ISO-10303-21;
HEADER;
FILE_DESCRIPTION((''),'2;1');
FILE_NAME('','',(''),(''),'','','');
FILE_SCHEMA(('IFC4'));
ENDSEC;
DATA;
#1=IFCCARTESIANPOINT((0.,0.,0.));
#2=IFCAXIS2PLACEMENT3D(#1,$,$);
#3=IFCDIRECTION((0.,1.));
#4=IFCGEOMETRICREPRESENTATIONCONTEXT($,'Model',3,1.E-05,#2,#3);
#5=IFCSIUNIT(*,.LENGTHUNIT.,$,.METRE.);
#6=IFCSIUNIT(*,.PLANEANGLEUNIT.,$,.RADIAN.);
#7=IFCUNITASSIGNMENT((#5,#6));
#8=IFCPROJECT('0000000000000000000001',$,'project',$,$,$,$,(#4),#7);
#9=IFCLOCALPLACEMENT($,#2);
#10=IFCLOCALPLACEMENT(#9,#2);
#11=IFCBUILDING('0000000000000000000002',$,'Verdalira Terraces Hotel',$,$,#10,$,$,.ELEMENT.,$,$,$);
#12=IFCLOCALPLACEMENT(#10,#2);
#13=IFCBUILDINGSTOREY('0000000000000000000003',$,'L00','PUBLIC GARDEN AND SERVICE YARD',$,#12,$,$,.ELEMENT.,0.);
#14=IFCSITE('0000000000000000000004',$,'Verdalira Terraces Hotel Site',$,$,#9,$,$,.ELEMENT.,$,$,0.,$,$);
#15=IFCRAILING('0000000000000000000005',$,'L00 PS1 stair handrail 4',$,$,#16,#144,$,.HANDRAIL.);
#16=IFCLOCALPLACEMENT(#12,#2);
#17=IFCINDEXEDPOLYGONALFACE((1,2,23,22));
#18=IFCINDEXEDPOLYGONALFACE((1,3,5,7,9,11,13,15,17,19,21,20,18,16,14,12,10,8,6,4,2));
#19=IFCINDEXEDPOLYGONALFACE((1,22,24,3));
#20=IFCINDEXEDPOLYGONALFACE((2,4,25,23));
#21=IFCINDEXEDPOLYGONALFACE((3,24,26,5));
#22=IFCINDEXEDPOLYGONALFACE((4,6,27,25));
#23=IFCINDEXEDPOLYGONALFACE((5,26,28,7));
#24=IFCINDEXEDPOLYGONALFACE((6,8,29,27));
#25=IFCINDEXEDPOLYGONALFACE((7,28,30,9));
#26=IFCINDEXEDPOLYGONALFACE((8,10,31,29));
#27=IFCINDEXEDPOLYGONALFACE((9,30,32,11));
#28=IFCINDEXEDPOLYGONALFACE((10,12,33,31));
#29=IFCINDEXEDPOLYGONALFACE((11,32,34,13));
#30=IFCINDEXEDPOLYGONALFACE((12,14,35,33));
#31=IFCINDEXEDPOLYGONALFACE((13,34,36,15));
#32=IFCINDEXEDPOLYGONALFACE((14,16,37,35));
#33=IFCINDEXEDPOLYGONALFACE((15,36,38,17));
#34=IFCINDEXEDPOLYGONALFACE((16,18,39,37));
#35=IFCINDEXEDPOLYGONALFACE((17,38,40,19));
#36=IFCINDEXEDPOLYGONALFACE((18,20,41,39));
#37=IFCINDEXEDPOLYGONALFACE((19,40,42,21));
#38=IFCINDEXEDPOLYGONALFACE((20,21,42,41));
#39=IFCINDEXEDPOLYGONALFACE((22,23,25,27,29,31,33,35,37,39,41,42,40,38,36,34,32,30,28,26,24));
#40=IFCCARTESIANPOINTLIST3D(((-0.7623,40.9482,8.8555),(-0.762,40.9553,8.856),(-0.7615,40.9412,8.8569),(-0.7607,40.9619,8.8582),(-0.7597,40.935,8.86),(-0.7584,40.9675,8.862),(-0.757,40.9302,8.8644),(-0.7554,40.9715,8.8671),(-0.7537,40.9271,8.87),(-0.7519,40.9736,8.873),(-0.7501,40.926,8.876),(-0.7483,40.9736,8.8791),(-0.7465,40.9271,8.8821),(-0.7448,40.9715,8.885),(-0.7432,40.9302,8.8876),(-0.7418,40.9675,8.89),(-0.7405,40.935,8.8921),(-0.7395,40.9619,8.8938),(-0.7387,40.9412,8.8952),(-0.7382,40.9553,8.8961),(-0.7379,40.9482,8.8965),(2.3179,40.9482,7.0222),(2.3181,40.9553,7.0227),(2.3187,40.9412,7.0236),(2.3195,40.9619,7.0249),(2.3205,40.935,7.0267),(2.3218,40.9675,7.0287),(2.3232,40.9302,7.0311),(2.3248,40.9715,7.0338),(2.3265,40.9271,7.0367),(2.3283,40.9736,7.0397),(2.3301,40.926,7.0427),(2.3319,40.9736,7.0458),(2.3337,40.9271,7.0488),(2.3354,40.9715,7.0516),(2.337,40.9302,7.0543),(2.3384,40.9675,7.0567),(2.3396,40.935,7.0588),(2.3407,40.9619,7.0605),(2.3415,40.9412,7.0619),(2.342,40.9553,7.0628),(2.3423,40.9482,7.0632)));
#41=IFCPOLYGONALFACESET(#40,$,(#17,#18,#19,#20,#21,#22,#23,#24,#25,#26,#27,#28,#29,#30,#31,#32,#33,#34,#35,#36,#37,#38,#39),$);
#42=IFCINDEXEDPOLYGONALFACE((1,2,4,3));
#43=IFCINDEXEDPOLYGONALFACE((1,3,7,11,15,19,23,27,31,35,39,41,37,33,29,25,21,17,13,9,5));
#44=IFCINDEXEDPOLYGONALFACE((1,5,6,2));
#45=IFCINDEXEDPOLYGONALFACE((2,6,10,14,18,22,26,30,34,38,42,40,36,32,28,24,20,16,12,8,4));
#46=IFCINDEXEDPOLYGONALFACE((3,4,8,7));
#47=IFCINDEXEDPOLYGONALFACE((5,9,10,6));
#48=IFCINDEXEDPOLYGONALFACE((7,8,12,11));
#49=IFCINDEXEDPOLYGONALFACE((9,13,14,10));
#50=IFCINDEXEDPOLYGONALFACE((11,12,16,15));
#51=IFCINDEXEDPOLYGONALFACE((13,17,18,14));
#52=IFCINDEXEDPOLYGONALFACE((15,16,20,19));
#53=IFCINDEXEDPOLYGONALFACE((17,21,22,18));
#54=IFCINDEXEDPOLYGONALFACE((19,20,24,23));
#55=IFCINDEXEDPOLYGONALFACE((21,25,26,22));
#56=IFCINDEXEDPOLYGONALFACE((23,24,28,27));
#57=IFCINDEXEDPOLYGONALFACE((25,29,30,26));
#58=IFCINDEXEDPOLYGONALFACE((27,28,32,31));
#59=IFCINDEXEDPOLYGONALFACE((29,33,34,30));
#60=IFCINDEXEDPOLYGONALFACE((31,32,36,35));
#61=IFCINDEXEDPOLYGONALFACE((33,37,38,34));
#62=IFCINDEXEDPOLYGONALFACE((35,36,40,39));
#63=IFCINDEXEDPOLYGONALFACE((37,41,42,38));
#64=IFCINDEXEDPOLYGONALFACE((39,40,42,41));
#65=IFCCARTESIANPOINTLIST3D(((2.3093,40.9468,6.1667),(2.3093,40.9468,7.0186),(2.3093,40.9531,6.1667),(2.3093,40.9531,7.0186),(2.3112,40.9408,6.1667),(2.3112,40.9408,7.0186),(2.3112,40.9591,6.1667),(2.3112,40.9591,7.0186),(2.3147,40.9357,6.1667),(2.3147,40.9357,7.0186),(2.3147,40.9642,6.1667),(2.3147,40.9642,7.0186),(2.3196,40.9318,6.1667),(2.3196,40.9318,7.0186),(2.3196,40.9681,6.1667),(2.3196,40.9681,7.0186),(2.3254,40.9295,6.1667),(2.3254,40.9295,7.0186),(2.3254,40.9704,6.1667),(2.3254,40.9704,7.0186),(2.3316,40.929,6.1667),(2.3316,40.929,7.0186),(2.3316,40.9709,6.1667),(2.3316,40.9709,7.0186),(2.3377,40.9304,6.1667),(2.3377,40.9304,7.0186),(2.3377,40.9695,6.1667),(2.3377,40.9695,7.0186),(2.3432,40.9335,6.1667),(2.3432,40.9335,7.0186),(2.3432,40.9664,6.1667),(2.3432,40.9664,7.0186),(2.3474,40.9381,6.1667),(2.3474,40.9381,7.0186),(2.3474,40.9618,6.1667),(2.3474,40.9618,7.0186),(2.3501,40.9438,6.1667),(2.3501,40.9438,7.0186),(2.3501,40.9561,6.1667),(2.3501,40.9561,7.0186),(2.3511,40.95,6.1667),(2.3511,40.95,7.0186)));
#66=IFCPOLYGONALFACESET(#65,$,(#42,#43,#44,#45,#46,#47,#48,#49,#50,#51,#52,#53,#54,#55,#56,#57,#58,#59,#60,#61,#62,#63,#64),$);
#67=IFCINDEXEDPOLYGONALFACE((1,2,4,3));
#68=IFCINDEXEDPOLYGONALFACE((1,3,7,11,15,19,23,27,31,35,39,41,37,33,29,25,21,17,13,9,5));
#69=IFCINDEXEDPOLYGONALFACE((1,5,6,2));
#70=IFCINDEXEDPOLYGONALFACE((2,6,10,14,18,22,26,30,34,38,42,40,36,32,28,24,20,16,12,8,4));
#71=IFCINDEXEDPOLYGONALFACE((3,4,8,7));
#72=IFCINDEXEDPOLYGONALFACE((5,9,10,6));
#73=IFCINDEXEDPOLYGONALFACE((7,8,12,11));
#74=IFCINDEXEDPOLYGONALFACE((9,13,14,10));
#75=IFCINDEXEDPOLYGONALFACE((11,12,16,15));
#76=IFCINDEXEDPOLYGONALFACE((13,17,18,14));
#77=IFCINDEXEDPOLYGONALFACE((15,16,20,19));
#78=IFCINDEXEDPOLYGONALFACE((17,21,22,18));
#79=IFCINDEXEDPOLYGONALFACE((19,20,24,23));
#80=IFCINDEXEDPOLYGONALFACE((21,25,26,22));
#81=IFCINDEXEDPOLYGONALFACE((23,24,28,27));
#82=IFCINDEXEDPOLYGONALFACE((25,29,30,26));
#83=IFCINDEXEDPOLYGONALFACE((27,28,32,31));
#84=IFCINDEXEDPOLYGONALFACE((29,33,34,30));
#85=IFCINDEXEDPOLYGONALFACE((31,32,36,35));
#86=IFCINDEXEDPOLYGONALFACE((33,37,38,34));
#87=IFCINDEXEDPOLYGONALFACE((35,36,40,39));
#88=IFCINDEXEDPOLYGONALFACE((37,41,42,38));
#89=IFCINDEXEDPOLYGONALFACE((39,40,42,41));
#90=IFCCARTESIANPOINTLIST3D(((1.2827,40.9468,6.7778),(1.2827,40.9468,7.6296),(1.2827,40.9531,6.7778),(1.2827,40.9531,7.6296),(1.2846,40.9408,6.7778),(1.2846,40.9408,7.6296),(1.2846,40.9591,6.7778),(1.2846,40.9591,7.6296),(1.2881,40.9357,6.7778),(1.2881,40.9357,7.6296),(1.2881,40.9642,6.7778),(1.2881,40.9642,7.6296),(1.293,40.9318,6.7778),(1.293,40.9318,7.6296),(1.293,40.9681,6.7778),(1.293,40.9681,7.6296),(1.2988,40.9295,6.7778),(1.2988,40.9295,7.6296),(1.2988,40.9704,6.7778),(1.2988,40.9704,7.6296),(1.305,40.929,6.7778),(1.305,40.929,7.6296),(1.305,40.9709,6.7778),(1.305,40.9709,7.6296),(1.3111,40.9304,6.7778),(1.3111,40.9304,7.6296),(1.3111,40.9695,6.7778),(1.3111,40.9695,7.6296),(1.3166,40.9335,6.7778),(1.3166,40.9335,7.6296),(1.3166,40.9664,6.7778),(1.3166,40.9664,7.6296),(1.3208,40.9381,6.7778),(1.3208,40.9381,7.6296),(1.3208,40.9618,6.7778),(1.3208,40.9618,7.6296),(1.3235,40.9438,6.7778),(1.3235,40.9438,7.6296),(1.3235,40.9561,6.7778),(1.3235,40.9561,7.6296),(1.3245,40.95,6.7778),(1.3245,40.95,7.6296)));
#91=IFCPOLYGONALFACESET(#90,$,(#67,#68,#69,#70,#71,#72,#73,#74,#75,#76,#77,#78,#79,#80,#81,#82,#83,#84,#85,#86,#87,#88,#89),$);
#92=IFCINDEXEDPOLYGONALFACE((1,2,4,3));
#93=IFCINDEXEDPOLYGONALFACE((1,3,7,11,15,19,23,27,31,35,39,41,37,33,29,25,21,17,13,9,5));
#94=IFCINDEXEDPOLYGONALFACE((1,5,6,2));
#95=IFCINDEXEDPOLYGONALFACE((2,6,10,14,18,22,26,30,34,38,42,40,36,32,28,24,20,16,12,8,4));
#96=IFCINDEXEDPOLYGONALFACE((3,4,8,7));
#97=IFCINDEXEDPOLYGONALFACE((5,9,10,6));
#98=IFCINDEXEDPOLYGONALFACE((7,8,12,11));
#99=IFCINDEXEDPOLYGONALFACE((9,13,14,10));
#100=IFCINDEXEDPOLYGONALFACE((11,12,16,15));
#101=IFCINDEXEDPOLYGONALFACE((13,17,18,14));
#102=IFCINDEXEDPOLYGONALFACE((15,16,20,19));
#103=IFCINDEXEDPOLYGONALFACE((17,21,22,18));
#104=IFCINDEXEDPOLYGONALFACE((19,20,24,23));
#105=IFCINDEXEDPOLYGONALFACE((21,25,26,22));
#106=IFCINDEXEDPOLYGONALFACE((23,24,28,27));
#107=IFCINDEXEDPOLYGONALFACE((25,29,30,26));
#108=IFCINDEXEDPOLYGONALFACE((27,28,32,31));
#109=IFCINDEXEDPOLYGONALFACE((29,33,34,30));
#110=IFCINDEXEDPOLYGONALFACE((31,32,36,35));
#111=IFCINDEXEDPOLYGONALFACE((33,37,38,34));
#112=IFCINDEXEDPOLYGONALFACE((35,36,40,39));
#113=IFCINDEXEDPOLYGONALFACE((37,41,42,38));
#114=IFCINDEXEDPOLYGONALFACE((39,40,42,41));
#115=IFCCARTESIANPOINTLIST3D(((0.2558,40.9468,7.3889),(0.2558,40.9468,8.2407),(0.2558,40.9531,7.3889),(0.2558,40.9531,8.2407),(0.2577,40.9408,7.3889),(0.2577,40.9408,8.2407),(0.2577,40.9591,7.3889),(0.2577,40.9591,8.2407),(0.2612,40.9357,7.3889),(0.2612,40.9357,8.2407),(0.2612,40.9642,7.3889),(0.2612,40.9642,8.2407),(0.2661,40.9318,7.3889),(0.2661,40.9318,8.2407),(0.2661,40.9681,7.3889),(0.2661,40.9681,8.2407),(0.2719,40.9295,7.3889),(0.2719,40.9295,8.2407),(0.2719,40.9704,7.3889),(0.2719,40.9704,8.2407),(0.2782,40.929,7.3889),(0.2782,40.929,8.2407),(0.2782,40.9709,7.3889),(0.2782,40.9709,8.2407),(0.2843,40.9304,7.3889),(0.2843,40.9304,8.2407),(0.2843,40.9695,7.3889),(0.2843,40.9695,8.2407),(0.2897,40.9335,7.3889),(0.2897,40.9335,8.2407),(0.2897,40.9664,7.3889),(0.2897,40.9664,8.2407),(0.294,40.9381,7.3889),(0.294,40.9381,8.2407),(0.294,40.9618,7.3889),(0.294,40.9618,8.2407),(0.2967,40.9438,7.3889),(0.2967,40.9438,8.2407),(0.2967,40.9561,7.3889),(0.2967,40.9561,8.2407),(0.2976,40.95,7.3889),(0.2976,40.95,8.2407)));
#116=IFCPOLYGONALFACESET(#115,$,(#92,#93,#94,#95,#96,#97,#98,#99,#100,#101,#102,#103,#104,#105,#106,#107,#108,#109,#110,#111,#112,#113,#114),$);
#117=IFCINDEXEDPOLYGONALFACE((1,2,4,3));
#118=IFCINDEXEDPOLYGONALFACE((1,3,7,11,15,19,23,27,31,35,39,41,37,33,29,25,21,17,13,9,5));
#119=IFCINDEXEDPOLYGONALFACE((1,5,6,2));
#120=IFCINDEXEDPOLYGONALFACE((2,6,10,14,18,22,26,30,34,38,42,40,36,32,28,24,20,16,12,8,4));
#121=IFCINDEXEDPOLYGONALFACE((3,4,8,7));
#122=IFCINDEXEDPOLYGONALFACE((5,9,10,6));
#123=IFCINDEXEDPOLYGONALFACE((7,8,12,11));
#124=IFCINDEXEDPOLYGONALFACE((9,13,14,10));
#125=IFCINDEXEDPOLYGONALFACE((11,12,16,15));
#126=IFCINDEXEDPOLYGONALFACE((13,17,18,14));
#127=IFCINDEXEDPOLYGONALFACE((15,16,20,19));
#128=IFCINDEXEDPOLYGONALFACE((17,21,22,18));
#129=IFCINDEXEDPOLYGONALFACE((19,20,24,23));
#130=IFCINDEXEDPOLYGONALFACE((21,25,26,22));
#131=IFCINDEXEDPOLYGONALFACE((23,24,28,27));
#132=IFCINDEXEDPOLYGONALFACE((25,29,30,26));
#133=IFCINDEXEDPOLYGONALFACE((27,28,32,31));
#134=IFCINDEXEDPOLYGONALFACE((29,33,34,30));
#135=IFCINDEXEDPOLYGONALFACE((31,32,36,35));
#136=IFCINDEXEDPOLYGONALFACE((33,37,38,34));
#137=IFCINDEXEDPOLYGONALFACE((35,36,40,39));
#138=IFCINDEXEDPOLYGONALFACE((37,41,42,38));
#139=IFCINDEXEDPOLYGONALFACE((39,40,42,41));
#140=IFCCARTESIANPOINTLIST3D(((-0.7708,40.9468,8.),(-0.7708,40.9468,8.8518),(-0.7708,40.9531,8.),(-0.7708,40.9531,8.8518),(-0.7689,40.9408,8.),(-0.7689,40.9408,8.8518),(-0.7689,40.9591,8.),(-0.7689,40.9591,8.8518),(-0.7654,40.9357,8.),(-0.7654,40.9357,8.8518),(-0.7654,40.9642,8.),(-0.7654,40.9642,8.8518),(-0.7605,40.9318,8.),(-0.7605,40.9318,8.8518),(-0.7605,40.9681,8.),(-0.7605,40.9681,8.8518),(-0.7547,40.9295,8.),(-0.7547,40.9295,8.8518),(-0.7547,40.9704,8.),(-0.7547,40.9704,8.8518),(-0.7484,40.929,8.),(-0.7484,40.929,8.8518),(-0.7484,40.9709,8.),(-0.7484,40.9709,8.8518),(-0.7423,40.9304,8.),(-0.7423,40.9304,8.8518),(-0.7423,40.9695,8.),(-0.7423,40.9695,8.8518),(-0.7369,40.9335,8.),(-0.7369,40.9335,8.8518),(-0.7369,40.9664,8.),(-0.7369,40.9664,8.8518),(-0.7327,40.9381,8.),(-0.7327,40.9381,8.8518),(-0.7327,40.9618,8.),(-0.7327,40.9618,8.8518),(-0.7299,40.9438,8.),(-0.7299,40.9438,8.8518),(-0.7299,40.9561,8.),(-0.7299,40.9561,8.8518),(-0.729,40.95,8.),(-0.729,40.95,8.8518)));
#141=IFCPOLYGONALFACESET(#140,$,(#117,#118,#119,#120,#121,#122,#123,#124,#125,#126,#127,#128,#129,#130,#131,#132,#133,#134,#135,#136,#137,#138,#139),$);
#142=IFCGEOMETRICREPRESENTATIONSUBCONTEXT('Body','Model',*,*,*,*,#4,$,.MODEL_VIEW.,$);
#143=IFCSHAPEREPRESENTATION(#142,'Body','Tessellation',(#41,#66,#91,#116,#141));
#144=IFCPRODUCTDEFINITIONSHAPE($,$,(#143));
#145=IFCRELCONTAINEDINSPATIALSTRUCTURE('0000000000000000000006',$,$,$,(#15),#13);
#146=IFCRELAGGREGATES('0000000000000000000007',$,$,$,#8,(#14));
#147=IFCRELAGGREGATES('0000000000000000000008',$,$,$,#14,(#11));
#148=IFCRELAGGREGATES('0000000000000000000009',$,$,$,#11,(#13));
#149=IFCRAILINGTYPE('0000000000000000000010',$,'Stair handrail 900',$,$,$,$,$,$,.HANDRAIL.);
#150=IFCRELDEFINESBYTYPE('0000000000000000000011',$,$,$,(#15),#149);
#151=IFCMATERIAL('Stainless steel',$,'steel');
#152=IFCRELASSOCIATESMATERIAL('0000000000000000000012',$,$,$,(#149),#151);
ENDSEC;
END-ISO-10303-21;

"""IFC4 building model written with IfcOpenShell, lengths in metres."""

from ifc_helpers import new_model, si_unit, direction, frame, origin, origin_2d, place, context, subcontext, project, spatial, circle, extrude, material, type_object, element, save


model = new_model("IFC4")

# Units and contexts
model_context = context("Model", 3, precision=1e-05, world=origin(), true_north=direction((0.0, 1.0)))
body_context = subcontext(model_context, "Body", "Model", "MODEL_VIEW")
ifc_project = project(units=[si_unit("LENGTHUNIT", "METRE"), si_unit("PLANEANGLEUNIT", "RADIAN")], contexts=[model_context])

# Site, building, storey
site_placement = place(None, origin())
site = spatial("IfcSite", under=ifc_project, at=site_placement, Name="Verdalira Terraces Hotel Site", CompositionType="ELEMENT", RefElevation=0.0)
building_placement = place(site_placement, origin())
building = spatial("IfcBuilding", under=site, at=building_placement, Name="Verdalira Terraces Hotel", CompositionType="ELEMENT")
storey_placement = place(building_placement, origin())
storey = spatial("IfcBuildingStorey", under=building, at=storey_placement, Name="L00", Description="PUBLIC GARDEN AND SERVICE YARD", CompositionType="ELEMENT", Elevation=0.0)

# Railing
ifc_material_1 = material(Name="Stainless steel", Category="steel")
railing_type_1 = type_object("IfcRailingType", Name="Stair handrail 900", PredefinedType="HANDRAIL", material=ifc_material_1)
for number, where, name in (
    (1, (2.3301, 40.95, 6.1667), "L00 PS1 stair handrail 4"),
):
    element("IfcRailing", number, at=place(storey_placement, frame(where)), inside=storey, type_object=railing_type_1, Name=name, PredefinedType="HANDRAIL", context=body_context, shape_type="SweptSolid", body=[
        extrude(circle(Radius=0.0239, at=origin_2d()), frame((0.0, 0.0, 0.876), z_axis=(-0.859309, 0.0, 0.511458), x_axis=(0.0, -1.0, 0.0)), (0.0, 0.0, 1.0), 3.5845),
        extrude(circle(Radius=0.021, at=origin_2d()), origin(), (0.0, 0.0, 1.0), 0.8518),
        extrude(circle(Radius=0.021, at=origin_2d()), frame((-1.0266, 0.0, 0.6111)), (0.0, 0.0, 1.0), 0.8518),
        extrude(circle(Radius=0.021, at=origin_2d()), frame((-2.0535, 0.0, 1.2222)), (0.0, 0.0, 1.0), 0.8518),
        extrude(circle(Radius=0.021, at=origin_2d()), frame((-3.0801, 0.0, 1.8333)), (0.0, 0.0, 1.0), 0.8518),
    ])

save(model, "model.ifc")
